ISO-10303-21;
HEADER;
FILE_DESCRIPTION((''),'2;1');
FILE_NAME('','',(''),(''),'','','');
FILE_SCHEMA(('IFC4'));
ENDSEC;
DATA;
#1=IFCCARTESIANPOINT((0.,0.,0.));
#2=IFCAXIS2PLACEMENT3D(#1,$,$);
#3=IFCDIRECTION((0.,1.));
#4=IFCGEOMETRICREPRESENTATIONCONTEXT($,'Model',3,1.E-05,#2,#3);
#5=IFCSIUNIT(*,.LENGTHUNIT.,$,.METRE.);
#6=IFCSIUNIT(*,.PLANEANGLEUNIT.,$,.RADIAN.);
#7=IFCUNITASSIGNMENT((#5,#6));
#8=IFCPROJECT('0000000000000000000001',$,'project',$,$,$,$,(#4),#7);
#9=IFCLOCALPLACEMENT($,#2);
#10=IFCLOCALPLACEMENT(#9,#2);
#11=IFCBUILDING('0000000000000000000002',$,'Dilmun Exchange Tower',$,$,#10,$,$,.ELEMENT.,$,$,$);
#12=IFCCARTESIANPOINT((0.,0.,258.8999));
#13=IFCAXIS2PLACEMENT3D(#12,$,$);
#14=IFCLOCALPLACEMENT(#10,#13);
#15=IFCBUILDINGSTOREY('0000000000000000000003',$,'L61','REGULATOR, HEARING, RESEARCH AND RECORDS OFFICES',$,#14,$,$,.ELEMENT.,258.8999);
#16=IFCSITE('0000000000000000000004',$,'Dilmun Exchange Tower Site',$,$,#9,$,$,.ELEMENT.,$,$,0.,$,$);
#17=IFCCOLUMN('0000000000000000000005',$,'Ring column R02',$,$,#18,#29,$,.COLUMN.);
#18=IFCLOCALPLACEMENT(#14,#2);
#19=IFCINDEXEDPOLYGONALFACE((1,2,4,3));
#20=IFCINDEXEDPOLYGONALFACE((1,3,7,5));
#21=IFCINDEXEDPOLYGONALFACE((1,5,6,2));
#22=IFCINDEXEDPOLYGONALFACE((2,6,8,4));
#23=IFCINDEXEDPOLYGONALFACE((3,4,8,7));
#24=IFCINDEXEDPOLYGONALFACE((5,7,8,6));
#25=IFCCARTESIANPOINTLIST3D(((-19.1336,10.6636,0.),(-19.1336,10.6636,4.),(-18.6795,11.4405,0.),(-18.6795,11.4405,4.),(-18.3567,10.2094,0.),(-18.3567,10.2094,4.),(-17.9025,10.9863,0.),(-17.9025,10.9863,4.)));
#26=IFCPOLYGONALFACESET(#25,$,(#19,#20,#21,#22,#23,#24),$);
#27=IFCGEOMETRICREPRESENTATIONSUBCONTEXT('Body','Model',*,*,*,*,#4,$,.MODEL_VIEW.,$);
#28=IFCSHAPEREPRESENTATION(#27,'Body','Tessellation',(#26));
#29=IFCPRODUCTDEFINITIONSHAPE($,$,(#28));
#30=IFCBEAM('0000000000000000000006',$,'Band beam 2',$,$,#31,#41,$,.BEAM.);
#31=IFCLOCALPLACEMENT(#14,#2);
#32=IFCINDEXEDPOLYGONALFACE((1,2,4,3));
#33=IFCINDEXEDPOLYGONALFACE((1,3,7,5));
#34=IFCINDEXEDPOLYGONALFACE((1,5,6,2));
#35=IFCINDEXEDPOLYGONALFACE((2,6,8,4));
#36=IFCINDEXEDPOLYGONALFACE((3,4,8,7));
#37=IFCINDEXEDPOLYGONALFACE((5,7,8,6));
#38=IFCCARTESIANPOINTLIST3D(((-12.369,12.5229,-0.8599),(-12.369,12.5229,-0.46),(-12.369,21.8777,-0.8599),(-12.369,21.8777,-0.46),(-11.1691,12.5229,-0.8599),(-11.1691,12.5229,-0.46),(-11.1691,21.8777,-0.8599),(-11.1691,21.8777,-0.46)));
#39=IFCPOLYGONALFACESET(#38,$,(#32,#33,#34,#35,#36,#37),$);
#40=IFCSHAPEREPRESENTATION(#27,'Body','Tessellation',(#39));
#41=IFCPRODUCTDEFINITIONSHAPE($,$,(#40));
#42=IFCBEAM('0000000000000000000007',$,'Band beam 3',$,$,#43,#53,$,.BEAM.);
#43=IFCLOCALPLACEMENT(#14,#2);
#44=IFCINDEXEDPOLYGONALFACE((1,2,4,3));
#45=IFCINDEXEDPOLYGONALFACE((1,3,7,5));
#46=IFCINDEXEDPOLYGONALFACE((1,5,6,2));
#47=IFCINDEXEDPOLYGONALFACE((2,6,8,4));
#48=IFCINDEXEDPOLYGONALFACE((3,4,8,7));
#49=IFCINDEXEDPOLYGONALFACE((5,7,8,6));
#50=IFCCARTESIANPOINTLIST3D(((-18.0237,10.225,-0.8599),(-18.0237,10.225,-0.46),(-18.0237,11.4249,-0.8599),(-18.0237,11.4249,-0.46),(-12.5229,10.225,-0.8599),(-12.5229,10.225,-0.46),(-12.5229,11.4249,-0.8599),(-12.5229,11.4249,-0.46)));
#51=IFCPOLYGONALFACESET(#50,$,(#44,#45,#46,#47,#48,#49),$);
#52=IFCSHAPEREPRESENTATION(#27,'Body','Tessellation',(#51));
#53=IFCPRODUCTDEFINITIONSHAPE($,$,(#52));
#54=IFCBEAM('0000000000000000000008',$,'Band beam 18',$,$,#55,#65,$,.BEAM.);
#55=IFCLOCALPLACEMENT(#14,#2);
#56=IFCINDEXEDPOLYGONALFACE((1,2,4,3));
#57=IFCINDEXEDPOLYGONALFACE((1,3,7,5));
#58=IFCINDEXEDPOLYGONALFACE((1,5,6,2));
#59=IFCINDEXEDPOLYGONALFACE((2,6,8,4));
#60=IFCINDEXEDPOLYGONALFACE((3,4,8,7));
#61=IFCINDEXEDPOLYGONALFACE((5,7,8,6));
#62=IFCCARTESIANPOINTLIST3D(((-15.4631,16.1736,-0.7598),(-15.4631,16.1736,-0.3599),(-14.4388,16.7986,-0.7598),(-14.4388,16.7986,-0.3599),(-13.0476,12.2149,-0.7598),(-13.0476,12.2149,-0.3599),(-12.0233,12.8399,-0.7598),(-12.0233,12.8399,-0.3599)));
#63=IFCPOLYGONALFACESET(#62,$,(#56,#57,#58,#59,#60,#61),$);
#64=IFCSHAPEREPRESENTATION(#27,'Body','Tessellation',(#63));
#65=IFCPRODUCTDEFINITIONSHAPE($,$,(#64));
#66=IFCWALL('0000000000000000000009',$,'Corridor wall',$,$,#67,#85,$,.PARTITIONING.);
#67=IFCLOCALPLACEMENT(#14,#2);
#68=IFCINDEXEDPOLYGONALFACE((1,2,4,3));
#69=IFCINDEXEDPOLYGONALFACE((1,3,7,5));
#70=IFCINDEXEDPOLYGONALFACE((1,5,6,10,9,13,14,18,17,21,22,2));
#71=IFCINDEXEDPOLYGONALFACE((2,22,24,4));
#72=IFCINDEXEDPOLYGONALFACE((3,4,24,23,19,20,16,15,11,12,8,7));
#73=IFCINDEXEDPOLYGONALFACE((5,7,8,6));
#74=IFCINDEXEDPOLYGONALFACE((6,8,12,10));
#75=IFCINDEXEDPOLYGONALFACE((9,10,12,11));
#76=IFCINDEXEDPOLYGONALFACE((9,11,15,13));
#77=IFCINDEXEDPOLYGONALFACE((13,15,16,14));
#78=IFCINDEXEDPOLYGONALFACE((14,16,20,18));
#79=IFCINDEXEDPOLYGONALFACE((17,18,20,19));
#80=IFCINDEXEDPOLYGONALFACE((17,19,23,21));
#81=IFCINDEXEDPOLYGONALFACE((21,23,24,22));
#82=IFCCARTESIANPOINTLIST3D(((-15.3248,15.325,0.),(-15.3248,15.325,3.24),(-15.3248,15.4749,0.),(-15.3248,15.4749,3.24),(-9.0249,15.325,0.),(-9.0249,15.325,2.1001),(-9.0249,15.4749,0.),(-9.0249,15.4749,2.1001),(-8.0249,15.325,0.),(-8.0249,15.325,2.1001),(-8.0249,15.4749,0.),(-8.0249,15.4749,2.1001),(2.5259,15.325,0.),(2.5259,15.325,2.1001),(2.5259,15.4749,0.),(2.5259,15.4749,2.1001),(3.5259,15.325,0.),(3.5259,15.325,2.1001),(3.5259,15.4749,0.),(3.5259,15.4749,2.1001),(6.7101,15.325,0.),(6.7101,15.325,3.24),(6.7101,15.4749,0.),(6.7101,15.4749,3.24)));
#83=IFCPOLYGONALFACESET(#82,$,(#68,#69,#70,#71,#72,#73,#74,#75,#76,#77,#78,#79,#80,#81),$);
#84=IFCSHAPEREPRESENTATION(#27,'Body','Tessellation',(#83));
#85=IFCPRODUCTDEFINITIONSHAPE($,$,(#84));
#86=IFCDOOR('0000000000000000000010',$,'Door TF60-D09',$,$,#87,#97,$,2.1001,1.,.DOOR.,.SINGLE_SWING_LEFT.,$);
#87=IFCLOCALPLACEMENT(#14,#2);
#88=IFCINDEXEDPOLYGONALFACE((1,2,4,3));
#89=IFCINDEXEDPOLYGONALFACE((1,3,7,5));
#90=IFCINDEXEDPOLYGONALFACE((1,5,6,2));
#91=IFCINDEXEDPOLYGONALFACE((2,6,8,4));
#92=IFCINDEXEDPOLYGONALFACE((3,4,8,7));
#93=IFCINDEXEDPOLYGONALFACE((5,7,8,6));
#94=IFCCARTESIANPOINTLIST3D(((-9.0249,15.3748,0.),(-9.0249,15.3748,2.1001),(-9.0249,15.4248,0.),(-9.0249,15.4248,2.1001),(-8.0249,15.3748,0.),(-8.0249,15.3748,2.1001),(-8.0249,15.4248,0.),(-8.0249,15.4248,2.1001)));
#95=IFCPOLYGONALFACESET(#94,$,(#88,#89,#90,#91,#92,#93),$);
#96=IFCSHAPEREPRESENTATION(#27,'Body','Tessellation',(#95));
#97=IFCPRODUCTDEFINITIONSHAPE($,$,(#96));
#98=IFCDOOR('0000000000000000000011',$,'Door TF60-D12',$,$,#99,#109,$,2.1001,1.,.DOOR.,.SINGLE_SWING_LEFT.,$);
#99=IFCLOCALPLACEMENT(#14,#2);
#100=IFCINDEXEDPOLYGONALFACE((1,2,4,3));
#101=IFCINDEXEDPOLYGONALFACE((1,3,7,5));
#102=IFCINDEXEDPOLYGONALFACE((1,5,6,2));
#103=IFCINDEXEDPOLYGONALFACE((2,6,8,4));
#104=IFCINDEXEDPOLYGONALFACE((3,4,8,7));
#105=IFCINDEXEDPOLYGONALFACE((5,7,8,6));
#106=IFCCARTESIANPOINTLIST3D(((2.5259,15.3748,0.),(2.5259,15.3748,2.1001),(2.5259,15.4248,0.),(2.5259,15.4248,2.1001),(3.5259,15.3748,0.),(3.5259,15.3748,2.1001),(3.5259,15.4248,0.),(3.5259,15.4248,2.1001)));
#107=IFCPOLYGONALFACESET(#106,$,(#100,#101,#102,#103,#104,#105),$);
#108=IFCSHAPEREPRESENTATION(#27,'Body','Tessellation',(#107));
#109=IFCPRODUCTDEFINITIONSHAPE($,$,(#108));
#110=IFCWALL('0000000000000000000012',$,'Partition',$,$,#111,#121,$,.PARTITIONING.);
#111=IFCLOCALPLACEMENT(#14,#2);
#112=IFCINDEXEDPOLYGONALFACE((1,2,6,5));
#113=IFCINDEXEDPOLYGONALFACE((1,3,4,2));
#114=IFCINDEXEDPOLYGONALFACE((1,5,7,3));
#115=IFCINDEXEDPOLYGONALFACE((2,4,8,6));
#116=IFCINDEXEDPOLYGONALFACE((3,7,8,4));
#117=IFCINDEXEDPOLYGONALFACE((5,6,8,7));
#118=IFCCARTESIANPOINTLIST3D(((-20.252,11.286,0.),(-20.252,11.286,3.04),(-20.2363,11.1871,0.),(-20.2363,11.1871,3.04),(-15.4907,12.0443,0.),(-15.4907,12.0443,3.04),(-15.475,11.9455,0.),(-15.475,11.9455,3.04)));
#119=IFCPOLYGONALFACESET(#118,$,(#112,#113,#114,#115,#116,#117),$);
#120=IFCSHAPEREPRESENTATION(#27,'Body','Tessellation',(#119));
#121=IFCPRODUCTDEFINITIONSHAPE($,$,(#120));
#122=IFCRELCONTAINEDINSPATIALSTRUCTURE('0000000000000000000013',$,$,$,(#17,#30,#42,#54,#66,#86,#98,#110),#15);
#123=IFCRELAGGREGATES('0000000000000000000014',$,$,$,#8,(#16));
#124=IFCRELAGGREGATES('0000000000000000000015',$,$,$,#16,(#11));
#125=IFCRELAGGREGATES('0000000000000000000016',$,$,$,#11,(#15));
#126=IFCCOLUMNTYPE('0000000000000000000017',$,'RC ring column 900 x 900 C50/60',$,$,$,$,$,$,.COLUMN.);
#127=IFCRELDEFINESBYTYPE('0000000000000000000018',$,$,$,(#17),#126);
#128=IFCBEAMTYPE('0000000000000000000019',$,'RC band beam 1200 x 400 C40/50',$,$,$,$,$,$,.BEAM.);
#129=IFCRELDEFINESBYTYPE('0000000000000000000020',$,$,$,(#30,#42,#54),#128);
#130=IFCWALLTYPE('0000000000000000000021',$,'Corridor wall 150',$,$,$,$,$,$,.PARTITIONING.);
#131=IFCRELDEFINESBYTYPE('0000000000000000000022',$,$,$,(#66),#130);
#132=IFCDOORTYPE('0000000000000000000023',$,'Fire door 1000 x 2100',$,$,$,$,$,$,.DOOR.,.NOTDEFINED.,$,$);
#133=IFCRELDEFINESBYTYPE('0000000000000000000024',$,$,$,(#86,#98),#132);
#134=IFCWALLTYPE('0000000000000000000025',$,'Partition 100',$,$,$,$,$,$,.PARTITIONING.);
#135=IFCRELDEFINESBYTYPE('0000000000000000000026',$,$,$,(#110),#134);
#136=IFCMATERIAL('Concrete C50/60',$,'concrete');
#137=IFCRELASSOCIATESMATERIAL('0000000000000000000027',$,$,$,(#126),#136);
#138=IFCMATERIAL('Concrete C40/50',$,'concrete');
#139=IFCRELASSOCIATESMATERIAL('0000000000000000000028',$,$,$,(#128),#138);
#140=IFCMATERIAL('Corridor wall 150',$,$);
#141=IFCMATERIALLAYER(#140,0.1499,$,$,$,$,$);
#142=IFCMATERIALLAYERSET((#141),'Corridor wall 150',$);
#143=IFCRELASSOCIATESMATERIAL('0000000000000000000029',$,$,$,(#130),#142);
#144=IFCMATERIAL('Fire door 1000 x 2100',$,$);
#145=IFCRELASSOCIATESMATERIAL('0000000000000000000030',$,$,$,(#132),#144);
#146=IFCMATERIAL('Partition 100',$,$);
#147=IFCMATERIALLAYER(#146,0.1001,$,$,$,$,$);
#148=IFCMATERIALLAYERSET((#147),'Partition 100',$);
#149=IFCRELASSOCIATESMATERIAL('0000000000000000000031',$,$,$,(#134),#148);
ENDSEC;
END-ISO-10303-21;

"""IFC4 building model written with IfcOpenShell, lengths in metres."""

from ifc_helpers import new_model, si_unit, direction, frame, frame_2d, origin, origin_2d, place, context, subcontext, project, spatial, rectangle, extrude, material, layer, layer_set, material_profile, profile_set, type_object, element, fill, save


model = new_model("IFC4")

# Units and contexts
model_context = context("Model", 3, precision=1e-05, world=origin(), true_north=direction((0.0, 1.0)))
body_context = subcontext(model_context, "Body", "Model", "MODEL_VIEW")
ifc_project = project(units=[si_unit("LENGTHUNIT", "METRE"), si_unit("PLANEANGLEUNIT", "RADIAN")], contexts=[model_context])

# Site, building, storey
site_placement = place(None, origin())
site = spatial("IfcSite", under=ifc_project, at=site_placement, Name="Dilmun Exchange Tower Site", CompositionType="ELEMENT", RefElevation=0.0)
building_placement = place(site_placement, origin())
building = spatial("IfcBuilding", under=site, at=building_placement, Name="Dilmun Exchange Tower", CompositionType="ELEMENT")
storey_placement = place(building_placement, frame((0.0, 0.0, 258.8999)))
storey = spatial("IfcBuildingStorey", under=building, at=storey_placement, Name="L61", Description="REGULATOR, HEARING, RESEARCH AND RECORDS OFFICES", CompositionType="ELEMENT", Elevation=258.8999)

# Column
ifc_material_1 = material(Name="Concrete C50/60", Category="concrete")
ifc_material_profile_1 = material_profile(ifc_material_1, rectangle(XDim=0.8999, YDim=0.8999, at=origin_2d()), Name="900 x 900")
ifc_profile_set_1 = profile_set([ifc_material_profile_1], Name="Concrete C50/60")
column_type = type_object("IfcColumnType", Name="RC ring column 900 x 900 C50/60", PredefinedType="COLUMN", material=ifc_profile_set_1)
column_placement = place(storey_placement, frame((-18.5181, 10.825, 0.0), z_axis=(0.0, 0.0, 1.0), x_axis=(0.504644, 0.863328, 0.0)))
element("IfcColumn", 1, at=column_placement, inside=storey, type_object=column_type, Name="Ring column R02", PredefinedType="COLUMN", context=body_context, shape_type="SweptSolid", body=[
    extrude(rectangle(XDim=0.8999, YDim=0.8999, at=origin_2d()), origin(), (0.0, 0.0, 1.0), 4.0),
])

# Beams
ifc_material_2 = material(Name="Concrete C40/50", Category="concrete")
ifc_material_profile_2 = material_profile(ifc_material_2, rectangle(XDim=1.2, YDim=0.3999, at=origin_2d()), Name="1200 x 400")
ifc_profile_set_2 = profile_set([ifc_material_profile_2], Name="Concrete C40/50")
beam_type = type_object("IfcBeamType", Name="RC band beam 1200 x 400 C40/50", PredefinedType="BEAM", material=ifc_profile_set_2)
beam_1_placement = place(storey_placement, frame((-11.769, 21.8777, -0.6599), z_axis=(0.0, -1.0, 0.0), x_axis=(1.0, 0.0, 0.0)))
element("IfcBeam", 2, at=beam_1_placement, inside=storey, type_object=beam_type, Name="Band beam 2", PredefinedType="BEAM", context=body_context, shape_type="SweptSolid", body=[
    extrude(rectangle(XDim=1.2, YDim=0.3999, at=origin_2d()), origin(), (0.0, 0.0, 1.0), 9.3547),
])
beam_2_placement = place(storey_placement, frame((-18.0237, 10.825, -0.6599), z_axis=(1.0, 0.0, 0.0), x_axis=(0.0, 1.0, 0.0)))
element("IfcBeam", 3, at=beam_2_placement, inside=storey, type_object=beam_type, Name="Band beam 3", PredefinedType="BEAM", context=body_context, shape_type="SweptSolid", body=[
    extrude(rectangle(XDim=1.2, YDim=0.3999, at=origin_2d()), origin(), (0.0, 0.0, 1.0), 5.5007),
])
beam_3_placement = place(storey_placement, frame((-14.9509, 16.4861, -0.5598), z_axis=(0.520869, -0.853637, 0.0), x_axis=(0.853637, 0.520869, 0.0)))
element("IfcBeam", 4, at=beam_3_placement, inside=storey, type_object=beam_type, Name="Band beam 18", PredefinedType="BEAM", context=body_context, shape_type="SweptSolid", body=[
    extrude(rectangle(XDim=1.2, YDim=0.3999, at=origin_2d()), origin(), (0.0, 0.0, 1.0), 4.6375),
])

# Wall, openings, doors
ifc_material_3 = material(Name="Corridor wall 150")
ifc_layer_1 = layer(ifc_material_3, 0.1499)
ifc_layer_set_1 = layer_set([ifc_layer_1], Name="Corridor wall 150")
wall_type_1 = type_object("IfcWallType", Name="Corridor wall 150", PredefinedType="PARTITIONING", material=ifc_layer_set_1)
wall_1_placement = place(storey_placement, frame((-15.325, 15.3999, 0.0), z_axis=(0.0, 0.0, 1.0), x_axis=(1.0, 0.0, 0.0)))
wall_1 = element("IfcWall", 5, at=wall_1_placement, inside=storey, type_object=wall_type_1, Name="Corridor wall", PredefinedType="PARTITIONING", context=body_context, shape_type="SweptSolid", body=[
    extrude(rectangle(XDim=22.0349, YDim=0.1499, at=frame_2d((11.0176, 0.0))), origin(), (0.0, 0.0, 1.0), 3.24),
])
opening_1_placement = place(wall_1_placement, frame((6.3, 0.0, 0.0)))
opening_1 = element("IfcOpeningElement", 6, at=opening_1_placement, cuts=wall_1, PredefinedType="OPENING", context=body_context, shape_type="SweptSolid", body=[
    extrude(rectangle(XDim=1.0, YDim=2.1001, at=frame_2d((0.5, 1.05))), frame((0.0, 0.085, 0.0), z_axis=(0.0, -1.0, 0.0), x_axis=(1.0, 0.0, 0.0)), (0.0, 0.0, 1.0), 0.1699),
])
opening_2_placement = place(wall_1_placement, frame((17.8508, 0.0, 0.0)))
opening_2 = element("IfcOpeningElement", 7, at=opening_2_placement, cuts=wall_1, PredefinedType="OPENING", context=body_context, shape_type="SweptSolid", body=[
    extrude(rectangle(XDim=1.0, YDim=2.1001, at=frame_2d((0.5, 1.05))), frame((0.0, 0.085, 0.0), z_axis=(0.0, -1.0, 0.0), x_axis=(1.0, 0.0, 0.0)), (0.0, 0.0, 1.0), 0.1699),
])
ifc_material_4 = material(Name="Fire door 1000 x 2100")
door_type_1 = type_object("IfcDoorType", Name="Fire door 1000 x 2100", OperationType="NOTDEFINED", PredefinedType="DOOR", material=ifc_material_4)
door_1_placement = place(opening_1_placement, origin())
door_1 = element("IfcDoor", 8, at=door_1_placement, inside=storey, type_object=door_type_1, Name="Door TF60-D09", OperationType="SINGLE_SWING_LEFT", OverallHeight=2.1001, OverallWidth=1.0, PredefinedType="DOOR", context=body_context, shape_type="SweptSolid", body=[
    extrude(rectangle(XDim=1.0, YDim=2.1001, at=frame_2d((0.5, 1.05))), frame((0.0, 0.0249, 0.0), z_axis=(0.0, -1.0, 0.0), x_axis=(1.0, 0.0, 0.0)), (0.0, 0.0, 1.0), 0.05),
])
fill(opening_1, door_1)
door_2_placement = place(opening_2_placement, origin())
door_2 = element("IfcDoor", 9, at=door_2_placement, inside=storey, type_object=door_type_1, Name="Door TF60-D12", OperationType="SINGLE_SWING_LEFT", OverallHeight=2.1001, OverallWidth=1.0, PredefinedType="DOOR", context=body_context, shape_type="SweptSolid", body=[
    extrude(rectangle(XDim=1.0, YDim=2.1001, at=frame_2d((0.5, 1.05))), frame((0.0, 0.0249, 0.0), z_axis=(0.0, -1.0, 0.0), x_axis=(1.0, 0.0, 0.0)), (0.0, 0.0, 1.0), 0.05),
])
fill(opening_2, door_2)

# Wall
ifc_material_5 = material(Name="Partition 100")
ifc_layer_2 = layer(ifc_material_5, 0.1001)
ifc_layer_set_2 = layer_set([ifc_layer_2], Name="Partition 100")
wall_type_2 = type_object("IfcWallType", Name="Partition 100", PredefinedType="PARTITIONING", material=ifc_layer_set_2)
wall_2_placement = place(storey_placement, frame((-20.2441, 11.2366, 0.0), z_axis=(0.0, 0.0, 1.0), x_axis=(0.987554, 0.157283, 0.0)))
element("IfcWall", 10, at=wall_2_placement, inside=storey, type_object=wall_type_2, Name="Partition", PredefinedType="PARTITIONING", context=body_context, shape_type="SweptSolid", body=[
    extrude(rectangle(XDim=4.8213, YDim=0.1001, at=frame_2d((2.4106, 0.0))), origin(), (0.0, 0.0, 1.0), 3.04),
])

save(model, "model.ifc")
